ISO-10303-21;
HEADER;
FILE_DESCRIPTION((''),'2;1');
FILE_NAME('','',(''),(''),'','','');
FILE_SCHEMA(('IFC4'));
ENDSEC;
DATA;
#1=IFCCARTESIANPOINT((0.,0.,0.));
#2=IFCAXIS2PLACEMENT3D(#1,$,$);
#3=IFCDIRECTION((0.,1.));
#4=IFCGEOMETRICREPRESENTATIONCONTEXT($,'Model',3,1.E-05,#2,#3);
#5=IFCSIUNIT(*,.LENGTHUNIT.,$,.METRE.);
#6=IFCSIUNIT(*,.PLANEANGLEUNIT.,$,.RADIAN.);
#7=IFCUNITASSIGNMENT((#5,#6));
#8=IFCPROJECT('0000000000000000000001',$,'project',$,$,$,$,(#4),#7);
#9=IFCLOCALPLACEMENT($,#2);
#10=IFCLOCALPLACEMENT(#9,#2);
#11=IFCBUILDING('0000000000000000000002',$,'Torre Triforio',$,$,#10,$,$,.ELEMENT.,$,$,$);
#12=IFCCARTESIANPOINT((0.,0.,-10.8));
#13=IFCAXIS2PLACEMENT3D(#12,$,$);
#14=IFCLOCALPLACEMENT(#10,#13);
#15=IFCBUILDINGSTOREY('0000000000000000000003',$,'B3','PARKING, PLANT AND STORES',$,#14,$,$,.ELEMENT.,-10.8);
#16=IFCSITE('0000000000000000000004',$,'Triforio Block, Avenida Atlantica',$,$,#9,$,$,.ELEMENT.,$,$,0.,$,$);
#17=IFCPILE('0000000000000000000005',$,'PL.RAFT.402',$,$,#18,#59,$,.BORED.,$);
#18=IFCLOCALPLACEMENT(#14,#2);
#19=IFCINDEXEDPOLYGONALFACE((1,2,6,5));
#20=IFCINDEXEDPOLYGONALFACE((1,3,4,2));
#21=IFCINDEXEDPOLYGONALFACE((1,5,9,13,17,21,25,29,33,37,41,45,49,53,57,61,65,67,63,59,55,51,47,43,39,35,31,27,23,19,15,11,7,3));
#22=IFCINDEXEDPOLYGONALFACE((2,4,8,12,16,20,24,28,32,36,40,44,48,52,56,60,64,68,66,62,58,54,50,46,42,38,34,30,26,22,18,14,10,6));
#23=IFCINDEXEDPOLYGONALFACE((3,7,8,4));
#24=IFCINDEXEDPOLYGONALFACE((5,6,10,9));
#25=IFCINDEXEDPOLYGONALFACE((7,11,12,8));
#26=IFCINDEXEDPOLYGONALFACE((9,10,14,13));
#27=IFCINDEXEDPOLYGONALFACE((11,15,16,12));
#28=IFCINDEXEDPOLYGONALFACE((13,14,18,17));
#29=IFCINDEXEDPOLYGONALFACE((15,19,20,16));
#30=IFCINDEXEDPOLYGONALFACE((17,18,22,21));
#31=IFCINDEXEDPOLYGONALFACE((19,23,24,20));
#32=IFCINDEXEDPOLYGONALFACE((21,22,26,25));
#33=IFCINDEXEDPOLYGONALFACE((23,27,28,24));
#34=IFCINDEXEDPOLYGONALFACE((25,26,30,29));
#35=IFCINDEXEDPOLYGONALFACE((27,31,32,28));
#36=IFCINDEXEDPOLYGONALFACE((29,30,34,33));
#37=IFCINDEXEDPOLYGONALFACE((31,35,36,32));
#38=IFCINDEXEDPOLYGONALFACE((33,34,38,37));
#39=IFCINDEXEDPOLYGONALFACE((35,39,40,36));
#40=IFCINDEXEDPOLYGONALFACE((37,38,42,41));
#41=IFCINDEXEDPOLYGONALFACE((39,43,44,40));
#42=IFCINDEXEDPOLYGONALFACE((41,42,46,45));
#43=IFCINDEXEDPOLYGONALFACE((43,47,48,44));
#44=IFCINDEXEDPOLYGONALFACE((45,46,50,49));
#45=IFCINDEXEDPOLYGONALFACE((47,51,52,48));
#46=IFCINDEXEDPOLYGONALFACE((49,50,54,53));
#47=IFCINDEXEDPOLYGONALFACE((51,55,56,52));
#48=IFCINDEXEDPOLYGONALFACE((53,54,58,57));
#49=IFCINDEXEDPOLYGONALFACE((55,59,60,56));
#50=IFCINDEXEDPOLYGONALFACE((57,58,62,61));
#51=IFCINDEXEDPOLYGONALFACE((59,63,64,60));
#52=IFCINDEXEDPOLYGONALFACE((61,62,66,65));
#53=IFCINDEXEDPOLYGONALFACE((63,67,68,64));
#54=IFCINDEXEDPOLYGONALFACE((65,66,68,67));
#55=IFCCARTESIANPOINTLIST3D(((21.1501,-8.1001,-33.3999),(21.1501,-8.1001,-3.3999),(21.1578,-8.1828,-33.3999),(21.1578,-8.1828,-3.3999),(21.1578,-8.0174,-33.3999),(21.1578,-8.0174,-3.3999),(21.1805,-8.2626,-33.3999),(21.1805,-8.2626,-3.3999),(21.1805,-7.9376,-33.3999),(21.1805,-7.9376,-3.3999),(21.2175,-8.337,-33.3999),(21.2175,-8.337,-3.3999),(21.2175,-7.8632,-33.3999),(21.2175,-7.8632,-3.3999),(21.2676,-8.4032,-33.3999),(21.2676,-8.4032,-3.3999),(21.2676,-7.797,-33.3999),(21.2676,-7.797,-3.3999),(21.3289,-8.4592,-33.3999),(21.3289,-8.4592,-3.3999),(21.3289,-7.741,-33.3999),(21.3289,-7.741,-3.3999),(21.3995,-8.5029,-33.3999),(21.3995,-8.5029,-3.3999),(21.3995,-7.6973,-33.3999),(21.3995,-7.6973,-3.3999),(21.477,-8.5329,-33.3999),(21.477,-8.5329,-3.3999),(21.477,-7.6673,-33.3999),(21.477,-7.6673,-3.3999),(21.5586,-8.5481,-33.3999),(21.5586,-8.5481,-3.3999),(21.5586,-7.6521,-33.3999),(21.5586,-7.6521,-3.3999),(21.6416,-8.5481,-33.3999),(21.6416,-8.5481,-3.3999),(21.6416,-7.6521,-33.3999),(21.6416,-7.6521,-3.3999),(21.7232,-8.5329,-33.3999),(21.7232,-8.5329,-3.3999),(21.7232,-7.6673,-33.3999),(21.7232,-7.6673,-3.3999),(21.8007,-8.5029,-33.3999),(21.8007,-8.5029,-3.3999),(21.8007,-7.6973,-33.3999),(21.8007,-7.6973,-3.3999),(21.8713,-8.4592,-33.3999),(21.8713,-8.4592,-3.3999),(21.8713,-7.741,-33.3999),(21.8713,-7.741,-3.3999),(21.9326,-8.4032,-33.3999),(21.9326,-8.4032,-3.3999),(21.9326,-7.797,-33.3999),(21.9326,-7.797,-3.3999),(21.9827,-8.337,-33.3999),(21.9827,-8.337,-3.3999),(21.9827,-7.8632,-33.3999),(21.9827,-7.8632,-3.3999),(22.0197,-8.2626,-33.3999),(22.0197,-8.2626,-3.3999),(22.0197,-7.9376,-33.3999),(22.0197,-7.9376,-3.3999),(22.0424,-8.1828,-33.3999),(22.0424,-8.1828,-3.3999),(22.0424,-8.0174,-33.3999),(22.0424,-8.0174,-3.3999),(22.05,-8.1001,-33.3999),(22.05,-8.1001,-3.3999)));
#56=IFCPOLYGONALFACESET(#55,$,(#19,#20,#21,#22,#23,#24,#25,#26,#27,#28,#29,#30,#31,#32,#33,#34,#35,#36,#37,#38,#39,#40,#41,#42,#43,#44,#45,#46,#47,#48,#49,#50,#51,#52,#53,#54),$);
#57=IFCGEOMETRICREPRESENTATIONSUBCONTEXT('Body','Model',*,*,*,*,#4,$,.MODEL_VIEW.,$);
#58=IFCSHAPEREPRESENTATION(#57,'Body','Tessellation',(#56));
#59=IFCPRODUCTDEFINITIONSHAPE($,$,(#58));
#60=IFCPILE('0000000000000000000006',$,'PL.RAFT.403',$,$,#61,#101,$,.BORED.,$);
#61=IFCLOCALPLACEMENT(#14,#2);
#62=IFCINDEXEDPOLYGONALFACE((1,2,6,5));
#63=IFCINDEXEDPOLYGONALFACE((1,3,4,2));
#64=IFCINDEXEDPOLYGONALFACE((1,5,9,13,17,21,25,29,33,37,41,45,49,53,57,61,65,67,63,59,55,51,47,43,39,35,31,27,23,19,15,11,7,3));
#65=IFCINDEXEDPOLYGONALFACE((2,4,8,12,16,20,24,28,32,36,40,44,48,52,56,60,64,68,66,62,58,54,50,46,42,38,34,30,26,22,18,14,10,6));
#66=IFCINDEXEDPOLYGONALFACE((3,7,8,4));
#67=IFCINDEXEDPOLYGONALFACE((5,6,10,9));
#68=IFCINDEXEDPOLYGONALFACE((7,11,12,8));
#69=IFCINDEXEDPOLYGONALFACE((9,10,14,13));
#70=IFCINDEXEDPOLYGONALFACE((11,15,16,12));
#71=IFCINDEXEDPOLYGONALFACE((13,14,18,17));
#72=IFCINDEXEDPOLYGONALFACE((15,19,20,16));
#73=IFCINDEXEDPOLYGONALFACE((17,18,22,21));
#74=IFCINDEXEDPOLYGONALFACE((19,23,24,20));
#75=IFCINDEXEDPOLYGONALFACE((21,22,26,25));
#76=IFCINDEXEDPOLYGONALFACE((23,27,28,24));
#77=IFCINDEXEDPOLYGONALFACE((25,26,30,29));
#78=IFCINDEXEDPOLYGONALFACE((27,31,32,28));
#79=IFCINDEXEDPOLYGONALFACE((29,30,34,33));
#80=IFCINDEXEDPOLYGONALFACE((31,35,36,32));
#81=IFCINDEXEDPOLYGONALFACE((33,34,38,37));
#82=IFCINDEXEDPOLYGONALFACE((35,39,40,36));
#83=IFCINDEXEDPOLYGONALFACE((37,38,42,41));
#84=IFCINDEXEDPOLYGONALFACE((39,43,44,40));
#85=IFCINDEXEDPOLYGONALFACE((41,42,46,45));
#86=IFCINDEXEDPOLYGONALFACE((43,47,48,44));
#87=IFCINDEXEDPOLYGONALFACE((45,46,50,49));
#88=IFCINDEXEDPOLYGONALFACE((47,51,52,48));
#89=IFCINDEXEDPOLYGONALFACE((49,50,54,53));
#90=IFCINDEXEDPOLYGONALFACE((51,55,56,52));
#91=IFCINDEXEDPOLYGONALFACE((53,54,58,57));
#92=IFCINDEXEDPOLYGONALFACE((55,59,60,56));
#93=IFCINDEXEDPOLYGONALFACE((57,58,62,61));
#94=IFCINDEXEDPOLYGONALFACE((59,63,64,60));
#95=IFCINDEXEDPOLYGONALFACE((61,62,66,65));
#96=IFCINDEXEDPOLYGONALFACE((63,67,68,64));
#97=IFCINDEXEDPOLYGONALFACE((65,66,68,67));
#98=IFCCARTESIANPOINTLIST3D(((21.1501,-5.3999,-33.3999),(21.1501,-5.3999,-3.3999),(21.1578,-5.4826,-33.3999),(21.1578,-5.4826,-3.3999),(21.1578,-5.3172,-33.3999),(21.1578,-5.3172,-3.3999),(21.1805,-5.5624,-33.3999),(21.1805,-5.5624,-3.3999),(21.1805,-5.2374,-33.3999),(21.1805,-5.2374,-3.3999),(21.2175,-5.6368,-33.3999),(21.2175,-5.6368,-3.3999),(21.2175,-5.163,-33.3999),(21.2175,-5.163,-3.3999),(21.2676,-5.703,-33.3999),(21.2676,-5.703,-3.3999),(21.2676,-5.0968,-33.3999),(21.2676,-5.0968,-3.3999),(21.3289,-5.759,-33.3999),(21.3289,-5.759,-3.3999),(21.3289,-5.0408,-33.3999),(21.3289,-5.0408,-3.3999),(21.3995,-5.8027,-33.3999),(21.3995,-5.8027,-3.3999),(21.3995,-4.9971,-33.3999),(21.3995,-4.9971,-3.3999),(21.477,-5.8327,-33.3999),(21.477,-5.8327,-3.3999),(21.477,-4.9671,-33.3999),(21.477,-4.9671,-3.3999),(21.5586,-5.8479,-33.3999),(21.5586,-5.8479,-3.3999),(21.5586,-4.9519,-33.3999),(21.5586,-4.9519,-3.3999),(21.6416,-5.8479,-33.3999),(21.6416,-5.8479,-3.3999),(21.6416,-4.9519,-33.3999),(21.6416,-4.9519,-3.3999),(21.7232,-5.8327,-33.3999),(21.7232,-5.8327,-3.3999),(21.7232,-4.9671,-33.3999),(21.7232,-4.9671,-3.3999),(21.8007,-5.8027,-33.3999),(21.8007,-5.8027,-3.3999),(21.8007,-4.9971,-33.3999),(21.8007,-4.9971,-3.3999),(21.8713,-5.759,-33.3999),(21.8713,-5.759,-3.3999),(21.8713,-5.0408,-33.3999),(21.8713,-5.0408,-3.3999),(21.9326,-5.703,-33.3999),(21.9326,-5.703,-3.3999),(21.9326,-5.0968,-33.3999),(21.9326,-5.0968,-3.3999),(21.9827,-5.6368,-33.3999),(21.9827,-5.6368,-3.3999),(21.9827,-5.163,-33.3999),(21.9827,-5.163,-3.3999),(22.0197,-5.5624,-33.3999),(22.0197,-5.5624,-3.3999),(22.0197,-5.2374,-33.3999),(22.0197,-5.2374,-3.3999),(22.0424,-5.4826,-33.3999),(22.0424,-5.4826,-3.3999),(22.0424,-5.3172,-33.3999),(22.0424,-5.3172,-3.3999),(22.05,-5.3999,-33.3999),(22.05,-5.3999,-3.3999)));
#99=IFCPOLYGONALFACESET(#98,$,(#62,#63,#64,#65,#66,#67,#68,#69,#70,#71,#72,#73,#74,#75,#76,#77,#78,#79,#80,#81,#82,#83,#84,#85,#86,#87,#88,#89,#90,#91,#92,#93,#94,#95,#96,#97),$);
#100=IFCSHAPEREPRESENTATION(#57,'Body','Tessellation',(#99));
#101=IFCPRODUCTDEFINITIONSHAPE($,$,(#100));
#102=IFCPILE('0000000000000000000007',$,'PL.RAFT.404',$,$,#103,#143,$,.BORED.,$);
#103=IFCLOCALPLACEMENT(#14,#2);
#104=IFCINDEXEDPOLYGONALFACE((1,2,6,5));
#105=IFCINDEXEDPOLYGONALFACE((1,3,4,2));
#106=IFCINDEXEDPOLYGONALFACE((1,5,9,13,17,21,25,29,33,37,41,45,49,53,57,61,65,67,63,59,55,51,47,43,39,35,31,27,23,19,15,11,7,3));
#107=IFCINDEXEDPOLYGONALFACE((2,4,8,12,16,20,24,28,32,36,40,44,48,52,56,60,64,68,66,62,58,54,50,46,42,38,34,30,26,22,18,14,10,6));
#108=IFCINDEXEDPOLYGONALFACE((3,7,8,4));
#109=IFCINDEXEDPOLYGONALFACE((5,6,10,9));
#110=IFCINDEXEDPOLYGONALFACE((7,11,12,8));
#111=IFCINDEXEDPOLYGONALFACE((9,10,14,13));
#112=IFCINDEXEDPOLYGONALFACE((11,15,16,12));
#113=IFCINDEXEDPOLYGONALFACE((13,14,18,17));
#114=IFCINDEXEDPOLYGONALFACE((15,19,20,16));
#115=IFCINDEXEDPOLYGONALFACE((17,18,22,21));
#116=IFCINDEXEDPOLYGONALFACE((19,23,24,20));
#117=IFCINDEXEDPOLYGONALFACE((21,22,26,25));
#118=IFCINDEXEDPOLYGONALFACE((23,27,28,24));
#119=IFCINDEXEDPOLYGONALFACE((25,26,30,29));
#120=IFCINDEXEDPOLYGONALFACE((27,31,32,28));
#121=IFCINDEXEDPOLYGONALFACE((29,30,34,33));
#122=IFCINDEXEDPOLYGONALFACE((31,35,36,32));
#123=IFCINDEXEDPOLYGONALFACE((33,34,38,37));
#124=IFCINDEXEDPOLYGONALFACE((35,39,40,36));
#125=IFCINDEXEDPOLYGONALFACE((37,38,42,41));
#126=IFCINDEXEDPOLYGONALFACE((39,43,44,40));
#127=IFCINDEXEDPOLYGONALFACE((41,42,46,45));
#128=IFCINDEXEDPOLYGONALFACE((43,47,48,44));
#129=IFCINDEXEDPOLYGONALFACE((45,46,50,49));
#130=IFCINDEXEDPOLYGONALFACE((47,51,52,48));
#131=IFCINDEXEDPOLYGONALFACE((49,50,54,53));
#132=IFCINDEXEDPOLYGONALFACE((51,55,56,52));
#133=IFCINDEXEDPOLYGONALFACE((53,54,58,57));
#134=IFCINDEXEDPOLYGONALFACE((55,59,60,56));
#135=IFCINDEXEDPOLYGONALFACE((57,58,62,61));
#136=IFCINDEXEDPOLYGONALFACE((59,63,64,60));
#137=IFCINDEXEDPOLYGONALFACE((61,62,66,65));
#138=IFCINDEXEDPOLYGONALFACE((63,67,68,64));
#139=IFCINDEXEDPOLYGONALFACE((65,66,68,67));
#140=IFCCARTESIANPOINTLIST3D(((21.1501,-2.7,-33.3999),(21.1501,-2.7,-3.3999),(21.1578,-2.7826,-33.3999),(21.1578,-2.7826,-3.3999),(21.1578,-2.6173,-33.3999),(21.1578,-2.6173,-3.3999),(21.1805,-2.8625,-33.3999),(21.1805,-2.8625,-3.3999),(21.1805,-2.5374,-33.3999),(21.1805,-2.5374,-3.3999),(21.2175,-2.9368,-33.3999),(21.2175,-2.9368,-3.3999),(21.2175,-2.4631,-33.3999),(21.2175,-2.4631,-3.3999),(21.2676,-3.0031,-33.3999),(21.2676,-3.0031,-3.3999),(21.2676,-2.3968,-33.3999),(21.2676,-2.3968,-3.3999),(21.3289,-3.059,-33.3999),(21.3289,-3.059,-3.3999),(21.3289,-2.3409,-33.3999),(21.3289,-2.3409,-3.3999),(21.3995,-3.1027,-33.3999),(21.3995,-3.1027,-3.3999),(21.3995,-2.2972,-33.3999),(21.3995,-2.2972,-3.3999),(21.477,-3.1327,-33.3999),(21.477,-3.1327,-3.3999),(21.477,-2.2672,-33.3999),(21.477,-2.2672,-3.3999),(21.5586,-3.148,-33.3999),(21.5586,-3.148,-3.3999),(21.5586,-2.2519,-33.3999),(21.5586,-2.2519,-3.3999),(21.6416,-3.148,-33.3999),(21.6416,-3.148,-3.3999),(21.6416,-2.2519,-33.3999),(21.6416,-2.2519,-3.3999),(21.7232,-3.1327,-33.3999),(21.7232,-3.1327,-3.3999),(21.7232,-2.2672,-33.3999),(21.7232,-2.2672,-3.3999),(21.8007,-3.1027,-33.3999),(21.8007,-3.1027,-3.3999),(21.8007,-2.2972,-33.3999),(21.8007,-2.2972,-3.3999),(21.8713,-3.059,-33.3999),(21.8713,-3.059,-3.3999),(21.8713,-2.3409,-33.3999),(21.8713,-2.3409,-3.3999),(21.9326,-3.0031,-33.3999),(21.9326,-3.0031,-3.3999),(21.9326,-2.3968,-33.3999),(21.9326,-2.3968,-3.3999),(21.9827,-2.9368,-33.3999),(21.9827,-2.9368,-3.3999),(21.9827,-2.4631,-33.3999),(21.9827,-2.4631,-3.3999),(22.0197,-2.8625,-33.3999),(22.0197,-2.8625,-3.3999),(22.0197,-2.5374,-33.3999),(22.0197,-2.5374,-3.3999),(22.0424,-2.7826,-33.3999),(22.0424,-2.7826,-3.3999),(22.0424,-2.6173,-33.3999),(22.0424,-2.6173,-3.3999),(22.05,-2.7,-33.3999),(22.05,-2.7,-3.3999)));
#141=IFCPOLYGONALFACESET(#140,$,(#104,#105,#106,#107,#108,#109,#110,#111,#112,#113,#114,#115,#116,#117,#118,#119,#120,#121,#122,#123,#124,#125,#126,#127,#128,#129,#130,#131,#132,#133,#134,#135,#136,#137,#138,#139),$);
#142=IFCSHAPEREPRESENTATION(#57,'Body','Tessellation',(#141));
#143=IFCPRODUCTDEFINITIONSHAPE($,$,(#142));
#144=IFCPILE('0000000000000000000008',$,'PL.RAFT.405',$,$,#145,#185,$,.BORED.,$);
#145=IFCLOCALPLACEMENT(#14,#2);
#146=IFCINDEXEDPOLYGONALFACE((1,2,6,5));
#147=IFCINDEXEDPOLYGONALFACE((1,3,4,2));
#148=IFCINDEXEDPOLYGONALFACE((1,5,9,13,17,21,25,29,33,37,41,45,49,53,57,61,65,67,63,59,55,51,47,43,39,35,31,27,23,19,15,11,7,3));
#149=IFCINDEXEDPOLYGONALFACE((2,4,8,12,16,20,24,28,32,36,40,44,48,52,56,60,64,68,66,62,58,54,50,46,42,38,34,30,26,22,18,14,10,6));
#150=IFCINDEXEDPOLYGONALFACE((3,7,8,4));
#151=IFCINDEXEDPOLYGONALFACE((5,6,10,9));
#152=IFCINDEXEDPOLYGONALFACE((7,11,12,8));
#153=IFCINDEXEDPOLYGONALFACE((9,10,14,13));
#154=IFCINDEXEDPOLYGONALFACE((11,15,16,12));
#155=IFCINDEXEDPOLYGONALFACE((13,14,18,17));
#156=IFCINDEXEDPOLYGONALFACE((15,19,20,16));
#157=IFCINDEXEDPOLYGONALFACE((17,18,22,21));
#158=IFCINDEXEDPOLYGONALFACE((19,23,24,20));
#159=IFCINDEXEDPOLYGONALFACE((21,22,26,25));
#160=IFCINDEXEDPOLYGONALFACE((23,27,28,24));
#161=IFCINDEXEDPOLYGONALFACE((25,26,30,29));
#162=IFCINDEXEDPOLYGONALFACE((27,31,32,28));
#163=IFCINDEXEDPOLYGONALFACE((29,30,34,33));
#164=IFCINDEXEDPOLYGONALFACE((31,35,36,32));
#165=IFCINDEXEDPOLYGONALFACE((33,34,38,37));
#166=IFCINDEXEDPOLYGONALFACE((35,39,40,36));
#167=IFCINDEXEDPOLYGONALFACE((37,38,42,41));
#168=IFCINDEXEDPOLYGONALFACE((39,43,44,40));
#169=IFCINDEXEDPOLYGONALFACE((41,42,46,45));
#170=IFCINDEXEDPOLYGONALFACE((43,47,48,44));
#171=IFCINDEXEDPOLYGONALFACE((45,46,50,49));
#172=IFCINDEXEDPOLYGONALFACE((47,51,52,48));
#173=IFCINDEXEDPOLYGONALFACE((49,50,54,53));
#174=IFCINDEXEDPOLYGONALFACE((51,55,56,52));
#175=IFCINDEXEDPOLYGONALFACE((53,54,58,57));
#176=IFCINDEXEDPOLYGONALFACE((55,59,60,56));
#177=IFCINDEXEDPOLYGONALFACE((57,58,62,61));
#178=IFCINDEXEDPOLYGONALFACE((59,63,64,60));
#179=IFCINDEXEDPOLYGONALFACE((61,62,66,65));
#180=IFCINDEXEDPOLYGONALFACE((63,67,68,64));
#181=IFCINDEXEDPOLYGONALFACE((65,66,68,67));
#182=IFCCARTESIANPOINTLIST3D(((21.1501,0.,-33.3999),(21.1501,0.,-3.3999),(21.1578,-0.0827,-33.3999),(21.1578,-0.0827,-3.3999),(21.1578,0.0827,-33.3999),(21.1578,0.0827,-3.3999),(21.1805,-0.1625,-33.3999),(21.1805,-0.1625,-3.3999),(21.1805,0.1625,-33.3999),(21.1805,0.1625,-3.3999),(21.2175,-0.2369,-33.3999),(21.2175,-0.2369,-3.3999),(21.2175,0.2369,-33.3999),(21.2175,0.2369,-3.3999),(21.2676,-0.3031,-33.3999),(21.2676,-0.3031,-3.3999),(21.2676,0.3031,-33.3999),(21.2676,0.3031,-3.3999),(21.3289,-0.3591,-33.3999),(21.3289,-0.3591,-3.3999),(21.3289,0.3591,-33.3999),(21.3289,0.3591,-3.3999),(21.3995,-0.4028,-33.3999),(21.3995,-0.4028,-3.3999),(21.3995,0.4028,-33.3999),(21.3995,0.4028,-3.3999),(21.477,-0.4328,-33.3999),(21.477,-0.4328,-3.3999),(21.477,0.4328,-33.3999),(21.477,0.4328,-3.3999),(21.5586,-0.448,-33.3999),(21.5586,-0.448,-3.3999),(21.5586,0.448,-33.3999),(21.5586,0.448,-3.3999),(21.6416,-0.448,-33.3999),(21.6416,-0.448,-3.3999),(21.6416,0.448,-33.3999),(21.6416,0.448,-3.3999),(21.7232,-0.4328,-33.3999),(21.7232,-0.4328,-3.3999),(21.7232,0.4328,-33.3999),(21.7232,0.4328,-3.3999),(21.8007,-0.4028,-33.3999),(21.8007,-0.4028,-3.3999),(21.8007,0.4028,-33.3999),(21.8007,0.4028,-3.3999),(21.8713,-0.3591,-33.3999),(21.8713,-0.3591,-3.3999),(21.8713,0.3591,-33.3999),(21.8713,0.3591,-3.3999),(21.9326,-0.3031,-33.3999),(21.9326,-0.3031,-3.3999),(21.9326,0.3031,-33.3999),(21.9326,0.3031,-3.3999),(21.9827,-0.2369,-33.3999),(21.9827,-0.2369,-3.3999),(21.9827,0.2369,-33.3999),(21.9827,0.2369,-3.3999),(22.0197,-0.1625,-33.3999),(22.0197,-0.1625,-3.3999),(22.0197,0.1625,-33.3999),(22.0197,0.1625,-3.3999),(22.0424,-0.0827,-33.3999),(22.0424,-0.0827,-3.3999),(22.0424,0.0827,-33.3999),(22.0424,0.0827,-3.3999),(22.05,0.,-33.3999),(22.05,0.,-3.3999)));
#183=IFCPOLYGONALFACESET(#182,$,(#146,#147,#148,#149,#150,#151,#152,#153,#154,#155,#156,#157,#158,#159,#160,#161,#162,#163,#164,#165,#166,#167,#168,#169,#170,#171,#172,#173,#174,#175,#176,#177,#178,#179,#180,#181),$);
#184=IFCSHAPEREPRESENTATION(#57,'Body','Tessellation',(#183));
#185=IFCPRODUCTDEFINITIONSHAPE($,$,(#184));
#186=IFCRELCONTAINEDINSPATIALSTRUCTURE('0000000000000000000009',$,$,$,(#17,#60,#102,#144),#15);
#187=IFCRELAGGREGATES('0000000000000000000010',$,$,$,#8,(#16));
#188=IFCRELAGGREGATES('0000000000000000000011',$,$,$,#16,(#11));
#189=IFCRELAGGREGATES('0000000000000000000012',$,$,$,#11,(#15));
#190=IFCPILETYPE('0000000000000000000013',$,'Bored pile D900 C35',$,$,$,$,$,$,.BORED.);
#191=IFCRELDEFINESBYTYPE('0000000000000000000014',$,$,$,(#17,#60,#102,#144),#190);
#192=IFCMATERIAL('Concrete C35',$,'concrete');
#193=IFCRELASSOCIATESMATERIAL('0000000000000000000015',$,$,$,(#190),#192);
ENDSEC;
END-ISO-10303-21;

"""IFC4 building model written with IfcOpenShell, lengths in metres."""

from ifc_helpers import new_model, si_unit, direction, frame, origin, origin_2d, place, context, subcontext, project, spatial, circle, extrude, material, material_profile, profile_set, type_object, element, save


model = new_model("IFC4")

# Units and contexts
model_context = context("Model", 3, precision=1e-05, world=origin(), true_north=direction((0.0, 1.0)))
body_context = subcontext(model_context, "Body", "Model", "MODEL_VIEW")
ifc_project = project(units=[si_unit("LENGTHUNIT", "METRE"), si_unit("PLANEANGLEUNIT", "RADIAN")], contexts=[model_context])

# Site, building, storey
site_placement = place(None, origin())
site = spatial("IfcSite", under=ifc_project, at=site_placement, Name="Triforio Block, Avenida Atlantica", CompositionType="ELEMENT", RefElevation=0.0)
building_placement = place(site_placement, origin())
building = spatial("IfcBuilding", under=site, at=building_placement, Name="Torre Triforio", CompositionType="ELEMENT")
storey_placement = place(building_placement, frame((0.0, 0.0, -10.8)))
storey = spatial("IfcBuildingStorey", under=building, at=storey_placement, Name="B3", Description="PARKING, PLANT AND STORES", CompositionType="ELEMENT", Elevation=-10.8)

# Piles
ifc_material_1 = material(Name="Concrete C35", Category="concrete")
ifc_material_profile_1 = material_profile(ifc_material_1, circle(Radius=0.45, at=origin_2d()), Name="RC D900")
ifc_profile_set_1 = profile_set([ifc_material_profile_1], Name="Concrete C35")
pile_type = type_object("IfcPileType", Name="Bored pile D900 C35", PredefinedType="BORED", material=ifc_profile_set_1)
for number, where, z_axis, x_axis, name in (
    (1, (21.6001, -8.1001, -3.3999), (0.0, 0.0, -1.0), (1.0, 0.0, 0.0), "PL.RAFT.402"),
    (2, (21.6001, -5.3999, -3.3999), (0.0, 0.0, -1.0), (1.0, 0.0, 0.0), "PL.RAFT.403"),
    (3, (21.6001, -2.7, -3.3999), (0.0, 0.0, -1.0), (1.0, 0.0, 0.0), "PL.RAFT.404"),
    (4, (21.6001, 0.0, -3.3999), (0.0, 0.0, -1.0), (1.0, 0.0, 0.0), "PL.RAFT.405"),
):
    element("IfcPile", number, at=place(storey_placement, frame(where, z_axis=z_axis, x_axis=x_axis)), inside=storey, type_object=pile_type, Name=name, PredefinedType="BORED", context=body_context, shape_type="SweptSolid", body=[
        extrude(circle(Radius=0.45, at=origin_2d()), origin(), (0.0, 0.0, 1.0), 30.0),
    ])

save(model, "model.ifc")
